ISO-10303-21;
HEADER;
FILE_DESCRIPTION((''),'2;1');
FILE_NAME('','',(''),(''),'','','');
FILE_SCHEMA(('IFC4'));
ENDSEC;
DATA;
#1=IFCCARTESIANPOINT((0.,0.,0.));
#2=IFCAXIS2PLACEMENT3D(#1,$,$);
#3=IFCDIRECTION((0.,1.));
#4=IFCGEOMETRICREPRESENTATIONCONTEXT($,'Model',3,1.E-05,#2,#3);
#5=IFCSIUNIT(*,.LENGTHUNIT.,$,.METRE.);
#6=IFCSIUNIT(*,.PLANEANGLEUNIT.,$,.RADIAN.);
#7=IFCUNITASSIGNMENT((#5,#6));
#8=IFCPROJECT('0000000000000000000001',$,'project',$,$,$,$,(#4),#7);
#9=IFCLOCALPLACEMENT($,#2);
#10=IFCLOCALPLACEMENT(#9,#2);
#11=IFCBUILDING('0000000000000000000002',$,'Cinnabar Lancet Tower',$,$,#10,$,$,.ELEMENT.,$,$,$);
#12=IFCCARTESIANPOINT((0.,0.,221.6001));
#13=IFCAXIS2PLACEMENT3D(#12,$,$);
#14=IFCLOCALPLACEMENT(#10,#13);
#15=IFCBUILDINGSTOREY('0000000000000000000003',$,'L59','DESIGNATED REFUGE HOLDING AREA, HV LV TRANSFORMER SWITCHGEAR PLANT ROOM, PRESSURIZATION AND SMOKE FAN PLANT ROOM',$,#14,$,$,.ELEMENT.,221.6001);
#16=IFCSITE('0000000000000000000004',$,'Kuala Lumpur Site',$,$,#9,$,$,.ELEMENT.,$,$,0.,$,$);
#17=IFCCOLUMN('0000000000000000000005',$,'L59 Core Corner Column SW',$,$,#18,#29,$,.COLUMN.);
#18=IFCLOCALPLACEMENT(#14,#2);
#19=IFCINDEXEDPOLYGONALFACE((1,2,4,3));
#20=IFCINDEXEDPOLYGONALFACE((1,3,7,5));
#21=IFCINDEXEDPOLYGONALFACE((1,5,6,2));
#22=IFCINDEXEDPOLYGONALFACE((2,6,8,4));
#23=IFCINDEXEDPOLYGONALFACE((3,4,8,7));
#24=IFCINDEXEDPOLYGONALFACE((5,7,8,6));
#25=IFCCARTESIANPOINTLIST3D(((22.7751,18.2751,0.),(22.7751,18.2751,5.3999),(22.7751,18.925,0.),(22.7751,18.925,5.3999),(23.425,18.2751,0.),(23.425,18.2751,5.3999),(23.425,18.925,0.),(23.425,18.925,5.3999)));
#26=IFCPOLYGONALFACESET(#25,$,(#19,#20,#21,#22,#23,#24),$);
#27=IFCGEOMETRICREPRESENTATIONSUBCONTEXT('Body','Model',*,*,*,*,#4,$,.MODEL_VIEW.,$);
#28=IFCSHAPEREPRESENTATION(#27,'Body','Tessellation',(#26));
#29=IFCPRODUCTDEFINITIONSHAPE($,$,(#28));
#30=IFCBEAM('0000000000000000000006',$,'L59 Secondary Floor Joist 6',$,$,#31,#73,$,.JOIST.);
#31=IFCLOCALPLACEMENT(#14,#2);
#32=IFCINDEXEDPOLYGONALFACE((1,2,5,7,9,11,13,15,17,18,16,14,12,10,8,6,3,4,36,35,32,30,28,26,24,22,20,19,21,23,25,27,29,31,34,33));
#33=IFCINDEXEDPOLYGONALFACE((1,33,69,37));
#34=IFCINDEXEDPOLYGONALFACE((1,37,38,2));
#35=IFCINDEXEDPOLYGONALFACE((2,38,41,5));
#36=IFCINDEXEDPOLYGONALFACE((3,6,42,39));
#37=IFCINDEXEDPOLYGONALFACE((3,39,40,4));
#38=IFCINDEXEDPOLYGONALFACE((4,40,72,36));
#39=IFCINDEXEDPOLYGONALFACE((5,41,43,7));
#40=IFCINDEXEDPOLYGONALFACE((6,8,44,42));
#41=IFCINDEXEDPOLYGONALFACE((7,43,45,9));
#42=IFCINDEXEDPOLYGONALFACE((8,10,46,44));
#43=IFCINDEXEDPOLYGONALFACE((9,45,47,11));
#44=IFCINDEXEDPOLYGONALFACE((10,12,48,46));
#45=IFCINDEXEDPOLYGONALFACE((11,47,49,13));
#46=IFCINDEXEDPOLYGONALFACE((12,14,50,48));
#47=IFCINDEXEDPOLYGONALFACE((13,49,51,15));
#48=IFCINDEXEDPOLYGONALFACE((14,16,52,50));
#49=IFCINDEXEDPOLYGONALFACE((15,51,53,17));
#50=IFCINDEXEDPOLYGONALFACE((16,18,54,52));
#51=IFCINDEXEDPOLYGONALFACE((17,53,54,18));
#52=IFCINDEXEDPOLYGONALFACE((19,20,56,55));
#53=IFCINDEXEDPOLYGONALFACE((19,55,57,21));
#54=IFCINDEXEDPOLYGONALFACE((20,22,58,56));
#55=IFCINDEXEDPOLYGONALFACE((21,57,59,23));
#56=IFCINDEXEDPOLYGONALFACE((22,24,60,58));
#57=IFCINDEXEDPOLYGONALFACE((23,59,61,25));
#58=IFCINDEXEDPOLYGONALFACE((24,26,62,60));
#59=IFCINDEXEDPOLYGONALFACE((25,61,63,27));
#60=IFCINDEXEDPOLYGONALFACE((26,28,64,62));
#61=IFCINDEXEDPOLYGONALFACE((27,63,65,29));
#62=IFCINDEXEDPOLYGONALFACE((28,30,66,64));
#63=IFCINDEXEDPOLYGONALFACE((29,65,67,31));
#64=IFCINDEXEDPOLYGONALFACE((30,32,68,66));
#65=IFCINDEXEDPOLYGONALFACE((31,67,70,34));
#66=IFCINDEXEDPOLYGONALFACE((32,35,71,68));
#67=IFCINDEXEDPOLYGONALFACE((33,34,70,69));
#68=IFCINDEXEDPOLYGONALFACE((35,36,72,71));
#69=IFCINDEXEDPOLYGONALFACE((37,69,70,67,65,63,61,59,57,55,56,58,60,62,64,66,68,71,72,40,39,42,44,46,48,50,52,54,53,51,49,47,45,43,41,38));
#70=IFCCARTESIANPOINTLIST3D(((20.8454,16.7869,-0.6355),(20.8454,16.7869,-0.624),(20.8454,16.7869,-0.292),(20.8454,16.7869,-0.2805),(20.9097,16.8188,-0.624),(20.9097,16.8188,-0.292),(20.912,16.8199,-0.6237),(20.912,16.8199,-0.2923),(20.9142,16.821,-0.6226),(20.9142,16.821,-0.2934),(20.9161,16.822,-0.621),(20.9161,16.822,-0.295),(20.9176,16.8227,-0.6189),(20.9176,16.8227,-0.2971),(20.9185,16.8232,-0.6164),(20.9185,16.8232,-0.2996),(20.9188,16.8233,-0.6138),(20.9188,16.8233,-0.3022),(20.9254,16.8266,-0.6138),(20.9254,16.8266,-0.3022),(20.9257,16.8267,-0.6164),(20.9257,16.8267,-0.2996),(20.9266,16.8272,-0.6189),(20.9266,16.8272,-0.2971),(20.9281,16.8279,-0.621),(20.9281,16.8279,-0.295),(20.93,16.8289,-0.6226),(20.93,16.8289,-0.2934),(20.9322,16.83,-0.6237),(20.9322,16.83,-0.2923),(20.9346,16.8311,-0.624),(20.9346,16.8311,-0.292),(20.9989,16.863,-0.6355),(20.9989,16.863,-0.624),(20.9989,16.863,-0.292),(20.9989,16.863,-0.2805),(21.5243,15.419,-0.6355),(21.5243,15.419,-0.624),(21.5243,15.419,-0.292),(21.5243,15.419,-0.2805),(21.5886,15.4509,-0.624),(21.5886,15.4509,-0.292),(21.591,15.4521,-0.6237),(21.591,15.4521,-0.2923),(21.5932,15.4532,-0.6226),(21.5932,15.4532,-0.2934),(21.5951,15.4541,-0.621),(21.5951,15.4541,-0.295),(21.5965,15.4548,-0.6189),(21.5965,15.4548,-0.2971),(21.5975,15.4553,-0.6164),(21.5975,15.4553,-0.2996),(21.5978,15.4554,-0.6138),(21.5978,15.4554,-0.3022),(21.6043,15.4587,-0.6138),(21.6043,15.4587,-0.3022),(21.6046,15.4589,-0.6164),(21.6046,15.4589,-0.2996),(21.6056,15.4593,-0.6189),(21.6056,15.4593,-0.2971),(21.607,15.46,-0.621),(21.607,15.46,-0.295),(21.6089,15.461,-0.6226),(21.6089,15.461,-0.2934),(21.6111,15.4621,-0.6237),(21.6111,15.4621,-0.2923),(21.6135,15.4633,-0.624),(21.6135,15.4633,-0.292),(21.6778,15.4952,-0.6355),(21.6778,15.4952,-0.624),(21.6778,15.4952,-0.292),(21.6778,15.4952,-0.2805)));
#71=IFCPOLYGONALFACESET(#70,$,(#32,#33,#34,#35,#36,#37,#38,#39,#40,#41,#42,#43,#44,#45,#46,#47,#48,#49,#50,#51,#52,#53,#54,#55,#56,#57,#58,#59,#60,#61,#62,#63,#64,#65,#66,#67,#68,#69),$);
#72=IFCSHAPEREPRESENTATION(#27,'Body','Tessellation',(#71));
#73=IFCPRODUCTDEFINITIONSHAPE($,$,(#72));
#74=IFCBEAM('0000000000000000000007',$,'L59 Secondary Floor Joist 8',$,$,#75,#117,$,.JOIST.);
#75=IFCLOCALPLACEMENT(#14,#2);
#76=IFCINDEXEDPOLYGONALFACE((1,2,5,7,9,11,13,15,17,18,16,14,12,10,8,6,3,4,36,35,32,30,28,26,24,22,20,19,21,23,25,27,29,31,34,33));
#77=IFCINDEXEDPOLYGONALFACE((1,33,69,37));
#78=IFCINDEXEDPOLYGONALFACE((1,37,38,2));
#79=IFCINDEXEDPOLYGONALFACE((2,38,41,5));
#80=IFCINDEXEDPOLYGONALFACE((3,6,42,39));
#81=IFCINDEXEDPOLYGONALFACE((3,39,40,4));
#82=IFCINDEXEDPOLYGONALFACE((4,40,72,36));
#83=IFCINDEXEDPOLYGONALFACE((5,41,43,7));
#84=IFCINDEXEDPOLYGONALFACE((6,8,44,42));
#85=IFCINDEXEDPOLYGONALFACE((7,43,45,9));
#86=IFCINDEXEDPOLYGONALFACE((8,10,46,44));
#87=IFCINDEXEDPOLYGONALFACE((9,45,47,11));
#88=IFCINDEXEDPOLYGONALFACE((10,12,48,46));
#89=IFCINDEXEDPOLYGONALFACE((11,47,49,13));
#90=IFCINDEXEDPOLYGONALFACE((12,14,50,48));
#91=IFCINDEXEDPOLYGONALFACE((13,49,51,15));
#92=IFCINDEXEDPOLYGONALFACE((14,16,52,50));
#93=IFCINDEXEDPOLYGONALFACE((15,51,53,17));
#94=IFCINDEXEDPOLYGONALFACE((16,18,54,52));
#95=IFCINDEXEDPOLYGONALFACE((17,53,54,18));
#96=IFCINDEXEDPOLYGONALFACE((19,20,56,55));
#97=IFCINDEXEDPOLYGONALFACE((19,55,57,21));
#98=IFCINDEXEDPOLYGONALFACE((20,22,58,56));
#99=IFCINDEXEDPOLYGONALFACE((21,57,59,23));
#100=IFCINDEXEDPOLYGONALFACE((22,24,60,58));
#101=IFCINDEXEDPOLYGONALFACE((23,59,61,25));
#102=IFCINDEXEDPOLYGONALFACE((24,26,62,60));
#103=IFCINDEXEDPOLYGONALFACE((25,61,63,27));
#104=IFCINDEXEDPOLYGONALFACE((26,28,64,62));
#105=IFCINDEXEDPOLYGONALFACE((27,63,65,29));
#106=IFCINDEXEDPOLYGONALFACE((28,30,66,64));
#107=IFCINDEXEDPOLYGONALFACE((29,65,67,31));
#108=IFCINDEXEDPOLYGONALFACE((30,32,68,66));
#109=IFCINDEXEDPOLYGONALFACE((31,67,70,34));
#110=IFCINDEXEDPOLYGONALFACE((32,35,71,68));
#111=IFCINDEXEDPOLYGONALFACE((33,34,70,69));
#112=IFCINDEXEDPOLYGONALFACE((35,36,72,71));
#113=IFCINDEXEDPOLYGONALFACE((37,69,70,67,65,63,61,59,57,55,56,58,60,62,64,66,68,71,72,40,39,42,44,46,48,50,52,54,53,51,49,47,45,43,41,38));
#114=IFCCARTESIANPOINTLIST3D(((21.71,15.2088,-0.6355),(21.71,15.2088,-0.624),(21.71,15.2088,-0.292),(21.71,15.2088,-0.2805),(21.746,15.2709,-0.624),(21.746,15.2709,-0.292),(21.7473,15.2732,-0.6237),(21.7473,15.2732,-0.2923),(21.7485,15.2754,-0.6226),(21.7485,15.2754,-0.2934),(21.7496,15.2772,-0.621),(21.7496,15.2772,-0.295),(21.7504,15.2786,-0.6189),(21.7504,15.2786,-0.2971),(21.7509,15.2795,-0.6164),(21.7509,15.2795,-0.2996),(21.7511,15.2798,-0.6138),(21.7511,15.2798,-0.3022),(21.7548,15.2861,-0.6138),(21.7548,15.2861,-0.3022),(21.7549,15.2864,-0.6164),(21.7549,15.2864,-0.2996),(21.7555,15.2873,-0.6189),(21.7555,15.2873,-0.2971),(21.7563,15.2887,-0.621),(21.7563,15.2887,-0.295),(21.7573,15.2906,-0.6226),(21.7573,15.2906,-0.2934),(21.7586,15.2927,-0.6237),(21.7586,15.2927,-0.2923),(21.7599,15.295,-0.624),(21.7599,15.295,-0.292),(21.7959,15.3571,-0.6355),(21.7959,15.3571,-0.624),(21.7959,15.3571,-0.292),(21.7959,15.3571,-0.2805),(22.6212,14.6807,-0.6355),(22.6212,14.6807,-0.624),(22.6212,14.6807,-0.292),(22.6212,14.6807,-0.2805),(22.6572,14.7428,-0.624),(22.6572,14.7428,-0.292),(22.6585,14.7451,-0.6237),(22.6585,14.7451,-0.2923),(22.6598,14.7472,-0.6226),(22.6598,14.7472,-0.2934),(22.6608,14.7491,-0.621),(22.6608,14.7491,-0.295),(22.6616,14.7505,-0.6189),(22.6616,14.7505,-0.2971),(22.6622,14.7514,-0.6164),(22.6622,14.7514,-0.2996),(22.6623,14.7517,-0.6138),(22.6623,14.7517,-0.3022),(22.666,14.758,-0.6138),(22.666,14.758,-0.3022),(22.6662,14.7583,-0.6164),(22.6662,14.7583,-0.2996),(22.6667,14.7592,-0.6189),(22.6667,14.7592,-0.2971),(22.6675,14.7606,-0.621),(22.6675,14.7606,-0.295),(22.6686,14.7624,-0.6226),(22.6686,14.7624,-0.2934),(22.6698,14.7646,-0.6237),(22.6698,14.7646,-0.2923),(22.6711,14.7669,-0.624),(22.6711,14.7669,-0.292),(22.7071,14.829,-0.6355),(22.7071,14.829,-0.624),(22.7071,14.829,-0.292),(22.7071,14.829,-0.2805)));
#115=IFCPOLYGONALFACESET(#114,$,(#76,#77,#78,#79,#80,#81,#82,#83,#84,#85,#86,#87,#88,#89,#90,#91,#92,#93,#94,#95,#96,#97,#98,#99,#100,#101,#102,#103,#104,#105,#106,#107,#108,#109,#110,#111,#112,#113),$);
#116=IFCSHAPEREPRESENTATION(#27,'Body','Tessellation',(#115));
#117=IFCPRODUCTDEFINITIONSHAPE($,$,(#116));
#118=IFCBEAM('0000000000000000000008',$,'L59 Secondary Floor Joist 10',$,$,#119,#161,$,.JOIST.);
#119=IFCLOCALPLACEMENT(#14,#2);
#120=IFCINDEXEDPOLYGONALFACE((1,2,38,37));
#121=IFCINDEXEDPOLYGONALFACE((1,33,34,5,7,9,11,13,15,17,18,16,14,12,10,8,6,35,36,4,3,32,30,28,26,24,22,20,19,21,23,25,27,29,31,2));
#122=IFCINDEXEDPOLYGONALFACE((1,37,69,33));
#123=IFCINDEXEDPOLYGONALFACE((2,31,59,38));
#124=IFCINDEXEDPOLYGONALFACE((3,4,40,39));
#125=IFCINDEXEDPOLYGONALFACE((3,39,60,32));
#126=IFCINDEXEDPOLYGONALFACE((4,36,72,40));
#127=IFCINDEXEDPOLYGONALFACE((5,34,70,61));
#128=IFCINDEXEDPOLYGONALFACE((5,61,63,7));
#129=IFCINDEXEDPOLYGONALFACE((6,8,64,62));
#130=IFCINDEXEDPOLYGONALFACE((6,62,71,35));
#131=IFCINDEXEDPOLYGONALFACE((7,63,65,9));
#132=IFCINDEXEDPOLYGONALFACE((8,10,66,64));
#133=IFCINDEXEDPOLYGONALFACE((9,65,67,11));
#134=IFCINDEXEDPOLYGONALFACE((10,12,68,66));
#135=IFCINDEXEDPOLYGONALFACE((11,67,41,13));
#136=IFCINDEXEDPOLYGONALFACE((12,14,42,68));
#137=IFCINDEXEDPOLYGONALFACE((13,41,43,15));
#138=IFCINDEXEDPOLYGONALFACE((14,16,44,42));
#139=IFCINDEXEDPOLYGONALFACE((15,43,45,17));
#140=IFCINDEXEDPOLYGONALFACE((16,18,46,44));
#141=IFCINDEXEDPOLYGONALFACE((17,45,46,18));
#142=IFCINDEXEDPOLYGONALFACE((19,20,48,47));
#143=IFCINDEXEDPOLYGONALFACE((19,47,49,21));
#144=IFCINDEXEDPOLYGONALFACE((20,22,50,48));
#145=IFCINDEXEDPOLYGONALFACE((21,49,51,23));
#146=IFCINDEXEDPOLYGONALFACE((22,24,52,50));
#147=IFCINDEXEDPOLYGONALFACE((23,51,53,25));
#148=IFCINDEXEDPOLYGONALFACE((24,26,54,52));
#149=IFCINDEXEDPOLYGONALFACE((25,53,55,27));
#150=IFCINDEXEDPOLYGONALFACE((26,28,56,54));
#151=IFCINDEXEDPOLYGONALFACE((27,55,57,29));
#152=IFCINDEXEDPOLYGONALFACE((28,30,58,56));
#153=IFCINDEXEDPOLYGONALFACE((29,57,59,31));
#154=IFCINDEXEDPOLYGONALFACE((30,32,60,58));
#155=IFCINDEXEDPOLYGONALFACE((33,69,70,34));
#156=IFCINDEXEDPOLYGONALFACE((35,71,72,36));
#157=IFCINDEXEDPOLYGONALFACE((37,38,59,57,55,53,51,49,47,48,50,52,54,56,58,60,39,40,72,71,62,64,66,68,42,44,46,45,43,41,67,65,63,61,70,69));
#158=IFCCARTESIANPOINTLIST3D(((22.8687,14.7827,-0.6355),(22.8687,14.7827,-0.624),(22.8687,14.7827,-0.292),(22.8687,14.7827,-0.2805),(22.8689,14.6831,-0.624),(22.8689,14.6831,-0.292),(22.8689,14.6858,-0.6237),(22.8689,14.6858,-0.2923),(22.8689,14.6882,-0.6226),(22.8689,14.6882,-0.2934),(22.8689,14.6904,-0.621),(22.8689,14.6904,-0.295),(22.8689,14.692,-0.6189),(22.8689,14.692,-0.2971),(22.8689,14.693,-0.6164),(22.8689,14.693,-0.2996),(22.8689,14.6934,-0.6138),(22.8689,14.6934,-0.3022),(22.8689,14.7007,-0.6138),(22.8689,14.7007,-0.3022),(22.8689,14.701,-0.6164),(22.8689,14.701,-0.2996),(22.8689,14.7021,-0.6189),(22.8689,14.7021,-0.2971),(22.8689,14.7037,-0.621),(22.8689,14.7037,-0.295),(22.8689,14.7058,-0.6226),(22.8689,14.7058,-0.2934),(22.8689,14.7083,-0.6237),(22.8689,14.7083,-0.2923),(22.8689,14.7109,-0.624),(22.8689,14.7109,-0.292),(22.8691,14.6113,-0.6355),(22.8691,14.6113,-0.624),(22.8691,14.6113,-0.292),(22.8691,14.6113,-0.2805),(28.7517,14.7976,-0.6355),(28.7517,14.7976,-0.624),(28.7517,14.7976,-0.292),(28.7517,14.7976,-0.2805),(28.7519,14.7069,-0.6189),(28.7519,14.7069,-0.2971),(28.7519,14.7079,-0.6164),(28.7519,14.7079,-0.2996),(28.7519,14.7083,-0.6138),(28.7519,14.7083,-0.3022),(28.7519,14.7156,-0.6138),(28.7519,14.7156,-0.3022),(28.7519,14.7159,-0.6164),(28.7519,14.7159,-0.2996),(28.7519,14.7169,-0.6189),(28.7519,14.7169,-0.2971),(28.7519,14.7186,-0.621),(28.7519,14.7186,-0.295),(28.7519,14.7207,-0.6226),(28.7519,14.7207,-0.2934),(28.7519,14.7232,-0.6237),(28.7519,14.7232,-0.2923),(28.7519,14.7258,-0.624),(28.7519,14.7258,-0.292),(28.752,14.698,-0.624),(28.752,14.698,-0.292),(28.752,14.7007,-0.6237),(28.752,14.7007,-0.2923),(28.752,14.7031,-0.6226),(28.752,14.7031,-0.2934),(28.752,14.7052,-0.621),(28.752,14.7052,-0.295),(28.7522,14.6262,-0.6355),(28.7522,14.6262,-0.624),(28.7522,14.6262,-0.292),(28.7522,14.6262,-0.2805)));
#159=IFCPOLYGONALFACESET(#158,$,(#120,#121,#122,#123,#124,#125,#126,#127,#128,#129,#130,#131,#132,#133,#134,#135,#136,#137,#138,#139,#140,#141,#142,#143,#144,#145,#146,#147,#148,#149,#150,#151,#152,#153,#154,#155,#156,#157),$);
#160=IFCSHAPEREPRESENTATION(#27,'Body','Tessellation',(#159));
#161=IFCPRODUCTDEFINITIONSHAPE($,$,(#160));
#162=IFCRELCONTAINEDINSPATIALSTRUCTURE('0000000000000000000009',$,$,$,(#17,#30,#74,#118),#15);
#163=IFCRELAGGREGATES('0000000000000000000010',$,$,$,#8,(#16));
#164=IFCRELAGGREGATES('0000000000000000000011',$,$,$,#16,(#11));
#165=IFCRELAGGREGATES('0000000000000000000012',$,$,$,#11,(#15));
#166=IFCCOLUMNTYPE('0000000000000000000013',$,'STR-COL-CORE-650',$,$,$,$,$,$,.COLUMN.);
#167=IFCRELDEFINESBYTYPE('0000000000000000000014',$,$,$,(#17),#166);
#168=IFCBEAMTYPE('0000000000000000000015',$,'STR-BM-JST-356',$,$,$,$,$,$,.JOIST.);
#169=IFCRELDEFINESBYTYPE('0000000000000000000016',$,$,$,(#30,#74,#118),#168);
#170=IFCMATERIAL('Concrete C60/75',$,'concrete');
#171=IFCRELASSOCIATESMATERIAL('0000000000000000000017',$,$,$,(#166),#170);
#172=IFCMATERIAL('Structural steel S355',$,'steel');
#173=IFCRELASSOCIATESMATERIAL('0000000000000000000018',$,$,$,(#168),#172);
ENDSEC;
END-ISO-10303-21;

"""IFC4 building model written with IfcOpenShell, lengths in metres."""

from ifc_helpers import new_model, si_unit, direction, frame, origin, origin_2d, place, context, subcontext, project, spatial, rectangle, i_section, extrude, material, material_profile, profile_set, type_object, element, save


model = new_model("IFC4")

# Units and contexts
model_context = context("Model", 3, precision=1e-05, world=origin(), true_north=direction((0.0, 1.0)))
body_context = subcontext(model_context, "Body", "Model", "MODEL_VIEW")
ifc_project = project(units=[si_unit("LENGTHUNIT", "METRE"), si_unit("PLANEANGLEUNIT", "RADIAN")], contexts=[model_context])

# Site, building, storey
site_placement = place(None, origin())
site = spatial("IfcSite", under=ifc_project, at=site_placement, Name="Kuala Lumpur Site", CompositionType="ELEMENT", RefElevation=0.0)
building_placement = place(site_placement, origin())
building = spatial("IfcBuilding", under=site, at=building_placement, Name="Cinnabar Lancet Tower", CompositionType="ELEMENT")
storey_placement = place(building_placement, frame((0.0, 0.0, 221.6001)))
storey = spatial("IfcBuildingStorey", under=building, at=storey_placement, Name="L59", Description="DESIGNATED REFUGE HOLDING AREA, HV LV TRANSFORMER SWITCHGEAR PLANT ROOM, PRESSURIZATION AND SMOKE FAN PLANT ROOM", CompositionType="ELEMENT", Elevation=221.6001)

# Column
ifc_material_1 = material(Name="Concrete C60/75", Category="concrete")
ifc_material_profile_1 = material_profile(ifc_material_1, rectangle(XDim=0.6499, YDim=0.6499, at=origin_2d()), Name="RC-COL 650x650")
ifc_profile_set_1 = profile_set([ifc_material_profile_1], Name="Concrete C60/75")
column_type = type_object("IfcColumnType", Name="STR-COL-CORE-650", PredefinedType="COLUMN", material=ifc_profile_set_1)
column_placement = place(storey_placement, frame((23.1001, 18.6001, 0.0), z_axis=(0.0, 0.0, 1.0), x_axis=(1.0, 0.0, 0.0)))
element("IfcColumn", 1, at=column_placement, inside=storey, type_object=column_type, Name="L59 Core Corner Column SW", PredefinedType="COLUMN", context=body_context, shape_type="SweptSolid", body=[
    extrude(rectangle(XDim=0.6499, YDim=0.6499, at=origin_2d()), origin(), (0.0, 0.0, 1.0), 5.3999),
])

# Beams
ifc_material_2 = material(Name="Structural steel S355", Category="steel")
ifc_material_profile_2 = material_profile(ifc_material_2, i_section(OverallWidth=0.1714, OverallDepth=0.355, WebThickness=0.0073, FlangeThickness=0.0115, FilletRadius=0.0103, at=origin_2d()), Name="UKB 356x171x51")
ifc_profile_set_2 = profile_set([ifc_material_profile_2], Name="Structural steel S355")
beam_type_1 = type_object("IfcBeamType", Name="STR-BM-JST-356", PredefinedType="JOIST", material=ifc_profile_set_2)
beam_1_placement = place(storey_placement, frame((20.9221, 16.825, -0.458), z_axis=(0.44459, -0.895734, 0.0), x_axis=(0.895734, 0.44459, 0.0)))
element("IfcBeam", 2, at=beam_1_placement, inside=storey, type_object=beam_type_1, Name="L59 Secondary Floor Joist 6", PredefinedType="JOIST", context=body_context, shape_type="SweptSolid", body=[
    extrude(i_section(OverallWidth=0.1714, OverallDepth=0.355, WebThickness=0.0073, FlangeThickness=0.0115, FilletRadius=0.0103, at=origin_2d()), origin(), (0.0, 0.0, 1.0), 1.5271),
])
beam_2_placement = place(storey_placement, frame((21.7529, 15.283, -0.458), z_axis=(0.865188, -0.501447, 0.0), x_axis=(0.501447, 0.865188, 0.0)))
element("IfcBeam", 3, at=beam_2_placement, inside=storey, type_object=beam_type_1, Name="L59 Secondary Floor Joist 8", PredefinedType="JOIST", context=body_context, shape_type="SweptSolid", body=[
    extrude(i_section(OverallWidth=0.1714, OverallDepth=0.355, WebThickness=0.0073, FlangeThickness=0.0115, FilletRadius=0.0103, at=origin_2d()), origin(), (0.0, 0.0, 1.0), 1.0532),
])
beam_3_placement = place(storey_placement, frame((22.8689, 14.697, -0.458), z_axis=(0.999997, 0.002531, 0.0), x_axis=(-0.002531, 0.999997, 0.0)))
element("IfcBeam", 4, at=beam_3_placement, inside=storey, type_object=beam_type_1, Name="L59 Secondary Floor Joist 10", PredefinedType="JOIST", context=body_context, shape_type="SweptSolid", body=[
    extrude(i_section(OverallWidth=0.1714, OverallDepth=0.355, WebThickness=0.0073, FlangeThickness=0.0115, FilletRadius=0.0103, at=origin_2d()), origin(), (0.0, 0.0, 1.0), 5.8831),
])

save(model, "model.ifc")
